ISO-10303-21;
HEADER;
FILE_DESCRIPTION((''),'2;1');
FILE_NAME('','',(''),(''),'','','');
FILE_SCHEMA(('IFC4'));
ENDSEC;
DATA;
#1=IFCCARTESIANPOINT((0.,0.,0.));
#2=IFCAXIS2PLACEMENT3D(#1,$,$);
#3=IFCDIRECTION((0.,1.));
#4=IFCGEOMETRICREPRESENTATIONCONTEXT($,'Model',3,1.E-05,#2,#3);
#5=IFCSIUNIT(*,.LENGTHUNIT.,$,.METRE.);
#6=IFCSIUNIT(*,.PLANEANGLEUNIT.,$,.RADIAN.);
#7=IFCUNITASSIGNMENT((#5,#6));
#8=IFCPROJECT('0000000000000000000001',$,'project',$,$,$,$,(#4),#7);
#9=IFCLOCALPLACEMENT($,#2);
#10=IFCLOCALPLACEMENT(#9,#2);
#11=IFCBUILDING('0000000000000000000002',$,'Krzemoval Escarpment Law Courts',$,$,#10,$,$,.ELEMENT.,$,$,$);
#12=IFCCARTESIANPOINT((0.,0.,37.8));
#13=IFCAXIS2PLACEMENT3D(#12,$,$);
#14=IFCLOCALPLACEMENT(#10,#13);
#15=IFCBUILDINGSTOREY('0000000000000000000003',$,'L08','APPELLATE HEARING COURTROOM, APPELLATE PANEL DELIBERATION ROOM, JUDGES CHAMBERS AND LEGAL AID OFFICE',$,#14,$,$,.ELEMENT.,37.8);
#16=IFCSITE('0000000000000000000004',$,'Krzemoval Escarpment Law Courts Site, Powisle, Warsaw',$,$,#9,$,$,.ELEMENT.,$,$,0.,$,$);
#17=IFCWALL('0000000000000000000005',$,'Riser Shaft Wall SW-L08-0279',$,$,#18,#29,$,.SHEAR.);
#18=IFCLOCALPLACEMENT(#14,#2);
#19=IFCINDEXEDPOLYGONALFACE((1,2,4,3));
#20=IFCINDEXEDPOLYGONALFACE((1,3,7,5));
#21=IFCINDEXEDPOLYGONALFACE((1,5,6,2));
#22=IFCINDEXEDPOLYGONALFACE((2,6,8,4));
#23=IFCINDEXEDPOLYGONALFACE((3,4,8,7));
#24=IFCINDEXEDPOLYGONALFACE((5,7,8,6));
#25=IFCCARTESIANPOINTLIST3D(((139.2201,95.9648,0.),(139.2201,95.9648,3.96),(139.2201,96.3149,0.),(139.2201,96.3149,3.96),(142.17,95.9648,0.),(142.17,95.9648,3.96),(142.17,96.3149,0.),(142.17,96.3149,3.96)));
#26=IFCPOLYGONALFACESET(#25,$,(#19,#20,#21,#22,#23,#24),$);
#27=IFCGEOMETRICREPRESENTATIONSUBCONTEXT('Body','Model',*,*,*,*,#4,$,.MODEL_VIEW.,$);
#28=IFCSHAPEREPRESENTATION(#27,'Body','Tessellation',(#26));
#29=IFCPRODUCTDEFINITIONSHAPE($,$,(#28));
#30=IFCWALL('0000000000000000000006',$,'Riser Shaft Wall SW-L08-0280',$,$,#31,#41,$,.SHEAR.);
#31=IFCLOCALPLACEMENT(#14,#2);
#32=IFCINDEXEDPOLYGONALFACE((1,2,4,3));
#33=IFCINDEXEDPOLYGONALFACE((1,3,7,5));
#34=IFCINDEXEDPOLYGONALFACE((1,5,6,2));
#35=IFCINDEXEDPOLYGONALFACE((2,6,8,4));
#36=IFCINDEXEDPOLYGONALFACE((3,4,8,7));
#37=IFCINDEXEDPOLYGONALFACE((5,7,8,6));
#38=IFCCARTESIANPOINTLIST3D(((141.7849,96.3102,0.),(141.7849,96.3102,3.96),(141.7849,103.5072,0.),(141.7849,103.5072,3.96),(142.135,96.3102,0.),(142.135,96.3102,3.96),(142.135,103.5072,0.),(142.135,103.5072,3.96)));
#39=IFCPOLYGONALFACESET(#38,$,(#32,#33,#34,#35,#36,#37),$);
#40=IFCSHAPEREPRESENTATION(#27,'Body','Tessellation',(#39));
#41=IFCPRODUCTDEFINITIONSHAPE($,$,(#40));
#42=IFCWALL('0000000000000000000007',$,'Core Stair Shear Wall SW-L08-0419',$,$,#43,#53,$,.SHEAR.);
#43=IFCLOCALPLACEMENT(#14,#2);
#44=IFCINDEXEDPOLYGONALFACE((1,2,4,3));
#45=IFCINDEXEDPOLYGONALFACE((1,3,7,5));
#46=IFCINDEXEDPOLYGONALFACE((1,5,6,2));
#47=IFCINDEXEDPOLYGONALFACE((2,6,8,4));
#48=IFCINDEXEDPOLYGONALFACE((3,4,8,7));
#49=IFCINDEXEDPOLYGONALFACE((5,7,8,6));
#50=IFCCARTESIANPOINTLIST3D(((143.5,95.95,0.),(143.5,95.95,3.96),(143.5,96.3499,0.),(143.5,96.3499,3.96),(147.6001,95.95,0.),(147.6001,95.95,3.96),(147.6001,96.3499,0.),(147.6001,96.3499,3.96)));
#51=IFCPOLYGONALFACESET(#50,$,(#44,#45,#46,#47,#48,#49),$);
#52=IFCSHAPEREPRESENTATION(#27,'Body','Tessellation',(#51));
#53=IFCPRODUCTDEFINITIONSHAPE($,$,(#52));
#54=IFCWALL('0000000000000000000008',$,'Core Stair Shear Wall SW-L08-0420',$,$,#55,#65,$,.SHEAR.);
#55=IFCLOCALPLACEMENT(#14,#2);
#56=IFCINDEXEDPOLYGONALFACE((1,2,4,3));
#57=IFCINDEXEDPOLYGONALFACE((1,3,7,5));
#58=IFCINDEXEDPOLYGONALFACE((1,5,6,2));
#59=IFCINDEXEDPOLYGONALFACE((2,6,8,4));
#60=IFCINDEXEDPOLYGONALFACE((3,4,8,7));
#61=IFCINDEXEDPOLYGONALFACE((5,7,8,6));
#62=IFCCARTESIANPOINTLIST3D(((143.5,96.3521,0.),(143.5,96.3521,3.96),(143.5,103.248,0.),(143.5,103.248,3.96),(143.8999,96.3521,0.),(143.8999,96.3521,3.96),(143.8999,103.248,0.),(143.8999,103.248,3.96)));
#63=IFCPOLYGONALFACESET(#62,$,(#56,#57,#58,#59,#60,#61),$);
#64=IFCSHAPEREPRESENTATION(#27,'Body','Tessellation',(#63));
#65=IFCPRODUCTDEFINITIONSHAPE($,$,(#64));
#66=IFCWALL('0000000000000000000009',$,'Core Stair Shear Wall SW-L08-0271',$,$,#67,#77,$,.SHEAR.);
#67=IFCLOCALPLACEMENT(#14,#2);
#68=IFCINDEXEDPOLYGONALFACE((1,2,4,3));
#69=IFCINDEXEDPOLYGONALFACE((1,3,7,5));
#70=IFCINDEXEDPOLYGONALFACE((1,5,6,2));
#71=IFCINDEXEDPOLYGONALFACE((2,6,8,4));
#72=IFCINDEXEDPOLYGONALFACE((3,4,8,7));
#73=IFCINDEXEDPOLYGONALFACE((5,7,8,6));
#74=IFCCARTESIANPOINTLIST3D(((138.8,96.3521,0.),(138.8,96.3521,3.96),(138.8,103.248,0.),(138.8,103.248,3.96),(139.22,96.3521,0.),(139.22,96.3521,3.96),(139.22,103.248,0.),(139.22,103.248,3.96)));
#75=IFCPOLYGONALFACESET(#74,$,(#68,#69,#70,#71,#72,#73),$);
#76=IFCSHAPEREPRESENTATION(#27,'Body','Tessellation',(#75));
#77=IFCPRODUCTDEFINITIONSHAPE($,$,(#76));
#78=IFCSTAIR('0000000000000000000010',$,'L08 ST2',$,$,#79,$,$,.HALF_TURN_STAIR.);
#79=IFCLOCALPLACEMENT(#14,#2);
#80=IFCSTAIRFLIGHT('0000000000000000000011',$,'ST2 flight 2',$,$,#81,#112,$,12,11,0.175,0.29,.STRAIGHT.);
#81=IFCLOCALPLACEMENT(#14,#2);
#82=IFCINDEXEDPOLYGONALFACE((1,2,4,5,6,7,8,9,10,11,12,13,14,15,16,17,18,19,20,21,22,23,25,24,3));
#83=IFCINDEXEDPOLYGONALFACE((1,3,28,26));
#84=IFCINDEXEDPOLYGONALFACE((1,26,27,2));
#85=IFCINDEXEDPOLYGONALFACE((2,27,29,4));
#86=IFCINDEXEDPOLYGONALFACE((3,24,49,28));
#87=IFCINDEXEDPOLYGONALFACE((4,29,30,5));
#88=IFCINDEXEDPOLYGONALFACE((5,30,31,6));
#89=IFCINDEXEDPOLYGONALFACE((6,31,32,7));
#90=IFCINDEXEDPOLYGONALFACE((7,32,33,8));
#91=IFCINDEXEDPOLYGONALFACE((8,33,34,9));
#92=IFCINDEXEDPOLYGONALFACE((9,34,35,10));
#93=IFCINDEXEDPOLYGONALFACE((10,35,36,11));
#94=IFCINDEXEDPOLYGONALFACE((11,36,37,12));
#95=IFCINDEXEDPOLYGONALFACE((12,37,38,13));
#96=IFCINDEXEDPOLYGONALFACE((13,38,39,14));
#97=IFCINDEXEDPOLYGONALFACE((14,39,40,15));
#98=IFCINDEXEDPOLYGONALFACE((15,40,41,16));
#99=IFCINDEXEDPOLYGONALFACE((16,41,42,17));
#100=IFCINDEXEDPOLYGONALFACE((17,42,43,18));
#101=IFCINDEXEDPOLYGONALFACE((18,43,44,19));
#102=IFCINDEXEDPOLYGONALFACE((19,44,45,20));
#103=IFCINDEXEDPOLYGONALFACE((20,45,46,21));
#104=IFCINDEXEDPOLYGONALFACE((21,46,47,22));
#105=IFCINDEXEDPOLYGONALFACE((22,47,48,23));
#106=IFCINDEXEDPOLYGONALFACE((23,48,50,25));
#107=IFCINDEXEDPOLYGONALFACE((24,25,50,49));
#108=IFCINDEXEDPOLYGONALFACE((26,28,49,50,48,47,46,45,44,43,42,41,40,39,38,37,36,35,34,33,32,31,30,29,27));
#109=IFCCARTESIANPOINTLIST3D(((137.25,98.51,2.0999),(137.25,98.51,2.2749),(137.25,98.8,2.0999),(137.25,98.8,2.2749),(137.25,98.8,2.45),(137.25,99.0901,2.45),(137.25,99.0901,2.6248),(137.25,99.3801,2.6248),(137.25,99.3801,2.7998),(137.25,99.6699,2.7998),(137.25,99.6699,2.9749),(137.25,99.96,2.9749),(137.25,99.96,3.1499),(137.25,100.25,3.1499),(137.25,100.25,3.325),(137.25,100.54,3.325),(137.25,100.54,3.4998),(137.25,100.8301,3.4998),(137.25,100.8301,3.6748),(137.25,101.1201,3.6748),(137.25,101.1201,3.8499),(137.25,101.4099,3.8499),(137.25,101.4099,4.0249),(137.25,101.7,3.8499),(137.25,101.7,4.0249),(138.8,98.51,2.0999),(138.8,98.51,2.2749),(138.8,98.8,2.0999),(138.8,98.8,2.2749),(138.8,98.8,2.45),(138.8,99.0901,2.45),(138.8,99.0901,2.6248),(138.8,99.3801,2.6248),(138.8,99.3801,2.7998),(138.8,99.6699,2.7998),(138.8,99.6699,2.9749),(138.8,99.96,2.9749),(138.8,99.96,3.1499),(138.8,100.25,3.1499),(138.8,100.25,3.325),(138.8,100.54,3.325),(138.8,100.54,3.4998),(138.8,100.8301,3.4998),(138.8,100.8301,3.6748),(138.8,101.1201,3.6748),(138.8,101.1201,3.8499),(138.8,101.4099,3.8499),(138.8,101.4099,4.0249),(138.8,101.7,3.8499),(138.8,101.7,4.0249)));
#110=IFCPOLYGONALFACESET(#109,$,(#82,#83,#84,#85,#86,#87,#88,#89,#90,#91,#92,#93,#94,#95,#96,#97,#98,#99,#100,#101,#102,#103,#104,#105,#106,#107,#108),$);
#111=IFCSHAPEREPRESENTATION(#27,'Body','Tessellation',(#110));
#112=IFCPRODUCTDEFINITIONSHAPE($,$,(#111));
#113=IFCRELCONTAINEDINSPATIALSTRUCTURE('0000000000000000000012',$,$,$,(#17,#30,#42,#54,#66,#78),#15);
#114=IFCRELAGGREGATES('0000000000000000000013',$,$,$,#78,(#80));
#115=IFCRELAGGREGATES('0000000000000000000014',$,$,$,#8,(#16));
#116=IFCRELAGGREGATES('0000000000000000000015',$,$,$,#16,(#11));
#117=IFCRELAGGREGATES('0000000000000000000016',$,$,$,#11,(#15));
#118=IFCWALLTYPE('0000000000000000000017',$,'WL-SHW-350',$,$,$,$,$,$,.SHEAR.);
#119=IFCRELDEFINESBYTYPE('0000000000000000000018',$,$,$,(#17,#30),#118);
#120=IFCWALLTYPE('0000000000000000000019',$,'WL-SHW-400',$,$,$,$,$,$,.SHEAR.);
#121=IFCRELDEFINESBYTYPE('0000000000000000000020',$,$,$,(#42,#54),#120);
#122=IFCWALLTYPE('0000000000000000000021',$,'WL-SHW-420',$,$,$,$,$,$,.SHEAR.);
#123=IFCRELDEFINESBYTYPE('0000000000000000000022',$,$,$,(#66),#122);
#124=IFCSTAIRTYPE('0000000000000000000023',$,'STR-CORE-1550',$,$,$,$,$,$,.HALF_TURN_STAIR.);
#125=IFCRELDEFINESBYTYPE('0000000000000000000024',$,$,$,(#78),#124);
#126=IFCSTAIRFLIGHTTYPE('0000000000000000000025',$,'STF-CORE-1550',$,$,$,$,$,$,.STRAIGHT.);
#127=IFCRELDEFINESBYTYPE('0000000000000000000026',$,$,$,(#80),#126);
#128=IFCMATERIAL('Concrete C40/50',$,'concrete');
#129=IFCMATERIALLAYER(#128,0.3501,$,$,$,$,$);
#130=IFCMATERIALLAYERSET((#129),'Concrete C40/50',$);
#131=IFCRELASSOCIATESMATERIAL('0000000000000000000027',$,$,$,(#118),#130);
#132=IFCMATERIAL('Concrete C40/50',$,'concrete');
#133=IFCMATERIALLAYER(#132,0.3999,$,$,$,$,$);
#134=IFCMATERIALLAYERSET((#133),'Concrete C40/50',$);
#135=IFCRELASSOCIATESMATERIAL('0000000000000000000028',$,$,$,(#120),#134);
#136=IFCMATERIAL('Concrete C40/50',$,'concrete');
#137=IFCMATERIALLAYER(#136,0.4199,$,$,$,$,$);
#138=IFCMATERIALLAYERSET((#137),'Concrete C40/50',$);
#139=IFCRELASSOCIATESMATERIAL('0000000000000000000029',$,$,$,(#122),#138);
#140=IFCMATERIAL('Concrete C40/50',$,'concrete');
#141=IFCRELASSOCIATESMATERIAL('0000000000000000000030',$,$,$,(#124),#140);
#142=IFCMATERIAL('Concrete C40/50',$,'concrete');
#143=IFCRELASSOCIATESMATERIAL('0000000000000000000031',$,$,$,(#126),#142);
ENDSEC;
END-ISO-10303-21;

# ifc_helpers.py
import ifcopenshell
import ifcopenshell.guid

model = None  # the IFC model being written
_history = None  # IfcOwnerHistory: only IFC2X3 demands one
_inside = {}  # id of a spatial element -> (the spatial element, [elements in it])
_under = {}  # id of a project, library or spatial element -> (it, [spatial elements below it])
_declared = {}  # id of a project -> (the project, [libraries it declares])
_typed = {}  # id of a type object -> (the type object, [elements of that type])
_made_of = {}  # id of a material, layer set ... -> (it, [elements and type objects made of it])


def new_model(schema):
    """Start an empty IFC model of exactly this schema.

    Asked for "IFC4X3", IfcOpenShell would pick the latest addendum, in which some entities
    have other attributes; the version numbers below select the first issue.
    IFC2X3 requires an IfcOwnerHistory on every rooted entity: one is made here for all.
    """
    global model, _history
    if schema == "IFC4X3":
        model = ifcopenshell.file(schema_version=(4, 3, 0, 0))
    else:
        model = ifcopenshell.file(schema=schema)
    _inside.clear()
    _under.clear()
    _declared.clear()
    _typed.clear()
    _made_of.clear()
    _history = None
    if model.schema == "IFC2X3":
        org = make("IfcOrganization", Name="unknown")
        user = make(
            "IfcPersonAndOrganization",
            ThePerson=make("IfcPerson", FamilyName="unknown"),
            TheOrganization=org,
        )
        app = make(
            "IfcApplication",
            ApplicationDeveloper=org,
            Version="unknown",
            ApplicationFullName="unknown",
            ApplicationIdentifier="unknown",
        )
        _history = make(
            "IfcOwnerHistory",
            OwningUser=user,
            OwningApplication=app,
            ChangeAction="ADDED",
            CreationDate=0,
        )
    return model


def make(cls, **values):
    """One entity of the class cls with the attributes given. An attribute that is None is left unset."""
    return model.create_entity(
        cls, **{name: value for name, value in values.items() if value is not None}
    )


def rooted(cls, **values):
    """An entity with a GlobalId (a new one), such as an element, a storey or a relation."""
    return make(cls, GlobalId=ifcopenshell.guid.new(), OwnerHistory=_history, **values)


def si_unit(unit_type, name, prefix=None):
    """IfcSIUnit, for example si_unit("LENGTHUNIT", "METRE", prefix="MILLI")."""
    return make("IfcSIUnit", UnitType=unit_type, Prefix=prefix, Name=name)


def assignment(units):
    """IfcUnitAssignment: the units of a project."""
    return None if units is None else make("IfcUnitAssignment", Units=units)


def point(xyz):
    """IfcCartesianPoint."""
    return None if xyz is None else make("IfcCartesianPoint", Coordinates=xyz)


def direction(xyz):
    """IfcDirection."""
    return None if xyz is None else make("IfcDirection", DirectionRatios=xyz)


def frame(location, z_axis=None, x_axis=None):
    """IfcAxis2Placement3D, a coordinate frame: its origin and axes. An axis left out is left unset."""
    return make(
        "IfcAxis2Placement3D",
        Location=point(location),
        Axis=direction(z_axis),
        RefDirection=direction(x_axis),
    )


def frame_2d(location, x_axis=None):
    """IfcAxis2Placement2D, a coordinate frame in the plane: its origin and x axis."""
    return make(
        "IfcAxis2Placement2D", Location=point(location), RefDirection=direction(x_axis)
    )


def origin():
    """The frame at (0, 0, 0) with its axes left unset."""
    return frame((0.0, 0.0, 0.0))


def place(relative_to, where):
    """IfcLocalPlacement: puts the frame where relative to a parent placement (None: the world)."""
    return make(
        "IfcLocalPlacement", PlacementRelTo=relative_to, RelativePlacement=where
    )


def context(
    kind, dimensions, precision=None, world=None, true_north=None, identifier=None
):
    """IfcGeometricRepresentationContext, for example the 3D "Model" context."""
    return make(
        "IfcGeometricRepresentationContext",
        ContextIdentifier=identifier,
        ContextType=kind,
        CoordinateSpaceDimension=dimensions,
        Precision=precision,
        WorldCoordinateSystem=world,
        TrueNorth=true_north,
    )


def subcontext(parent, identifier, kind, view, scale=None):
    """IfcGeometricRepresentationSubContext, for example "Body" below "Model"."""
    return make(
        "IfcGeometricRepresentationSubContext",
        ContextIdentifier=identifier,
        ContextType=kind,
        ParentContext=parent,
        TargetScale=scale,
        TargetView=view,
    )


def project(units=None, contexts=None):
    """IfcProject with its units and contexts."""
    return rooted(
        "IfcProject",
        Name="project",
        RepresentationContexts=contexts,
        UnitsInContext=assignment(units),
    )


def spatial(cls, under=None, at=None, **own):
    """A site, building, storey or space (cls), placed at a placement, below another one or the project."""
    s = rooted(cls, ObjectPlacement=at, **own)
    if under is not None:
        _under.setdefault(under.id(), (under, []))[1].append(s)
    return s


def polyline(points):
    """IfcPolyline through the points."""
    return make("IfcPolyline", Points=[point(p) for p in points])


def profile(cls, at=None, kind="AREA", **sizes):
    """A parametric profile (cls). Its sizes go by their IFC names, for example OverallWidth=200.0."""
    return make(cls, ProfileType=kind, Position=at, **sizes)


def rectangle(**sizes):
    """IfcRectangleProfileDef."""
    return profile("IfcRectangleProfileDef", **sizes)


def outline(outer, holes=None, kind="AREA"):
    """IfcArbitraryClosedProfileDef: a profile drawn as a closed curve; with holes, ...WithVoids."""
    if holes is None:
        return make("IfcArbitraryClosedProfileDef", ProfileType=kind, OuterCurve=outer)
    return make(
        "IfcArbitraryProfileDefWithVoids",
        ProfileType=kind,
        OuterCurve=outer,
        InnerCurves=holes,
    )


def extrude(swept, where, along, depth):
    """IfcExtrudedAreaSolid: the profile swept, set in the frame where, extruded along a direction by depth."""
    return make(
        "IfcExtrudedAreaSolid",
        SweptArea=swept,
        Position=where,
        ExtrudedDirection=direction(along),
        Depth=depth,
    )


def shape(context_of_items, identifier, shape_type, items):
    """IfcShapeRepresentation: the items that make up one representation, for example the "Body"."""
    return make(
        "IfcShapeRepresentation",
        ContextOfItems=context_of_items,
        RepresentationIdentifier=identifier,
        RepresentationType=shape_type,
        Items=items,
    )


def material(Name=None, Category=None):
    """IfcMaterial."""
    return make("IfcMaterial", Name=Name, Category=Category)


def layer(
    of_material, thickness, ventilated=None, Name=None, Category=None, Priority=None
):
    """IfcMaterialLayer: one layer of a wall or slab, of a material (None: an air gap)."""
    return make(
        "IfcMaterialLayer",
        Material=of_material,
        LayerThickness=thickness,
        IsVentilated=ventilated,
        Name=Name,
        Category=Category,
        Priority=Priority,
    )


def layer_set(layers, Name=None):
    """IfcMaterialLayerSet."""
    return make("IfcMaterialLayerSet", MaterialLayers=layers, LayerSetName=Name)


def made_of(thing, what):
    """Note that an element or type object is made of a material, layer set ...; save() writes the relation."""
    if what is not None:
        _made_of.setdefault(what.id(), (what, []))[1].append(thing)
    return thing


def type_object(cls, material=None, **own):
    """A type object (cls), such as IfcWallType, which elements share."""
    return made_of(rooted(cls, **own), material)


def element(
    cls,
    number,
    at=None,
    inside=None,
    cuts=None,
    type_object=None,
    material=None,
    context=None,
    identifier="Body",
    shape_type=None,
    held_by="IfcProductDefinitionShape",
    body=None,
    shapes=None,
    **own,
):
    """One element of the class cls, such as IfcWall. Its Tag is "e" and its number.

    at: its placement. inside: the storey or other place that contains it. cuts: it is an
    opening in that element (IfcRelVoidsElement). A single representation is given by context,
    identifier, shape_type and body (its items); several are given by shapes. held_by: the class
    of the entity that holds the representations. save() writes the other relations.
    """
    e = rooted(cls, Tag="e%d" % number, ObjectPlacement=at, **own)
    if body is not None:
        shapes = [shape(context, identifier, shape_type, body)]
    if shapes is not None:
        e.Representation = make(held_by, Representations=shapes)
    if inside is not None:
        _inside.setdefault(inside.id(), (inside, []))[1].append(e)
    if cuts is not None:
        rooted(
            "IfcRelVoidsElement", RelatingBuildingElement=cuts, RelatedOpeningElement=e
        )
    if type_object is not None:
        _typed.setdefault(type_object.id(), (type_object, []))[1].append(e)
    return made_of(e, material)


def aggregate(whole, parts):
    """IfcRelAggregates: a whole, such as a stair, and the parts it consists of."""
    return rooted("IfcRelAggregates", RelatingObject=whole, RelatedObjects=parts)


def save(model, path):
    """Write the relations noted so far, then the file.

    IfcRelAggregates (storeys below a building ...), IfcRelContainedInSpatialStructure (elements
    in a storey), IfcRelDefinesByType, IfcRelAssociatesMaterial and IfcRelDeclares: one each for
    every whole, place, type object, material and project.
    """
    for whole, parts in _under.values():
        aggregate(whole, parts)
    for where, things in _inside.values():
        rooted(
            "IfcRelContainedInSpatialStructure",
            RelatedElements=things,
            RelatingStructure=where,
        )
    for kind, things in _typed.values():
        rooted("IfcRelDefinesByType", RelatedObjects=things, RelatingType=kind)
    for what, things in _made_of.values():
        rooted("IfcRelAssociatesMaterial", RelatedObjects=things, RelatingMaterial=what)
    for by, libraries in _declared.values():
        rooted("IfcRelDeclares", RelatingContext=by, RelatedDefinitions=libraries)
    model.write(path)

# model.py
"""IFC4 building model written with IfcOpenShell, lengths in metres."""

from ifc_helpers import new_model, si_unit, direction, frame, frame_2d, origin, place, context, subcontext, project, spatial, polyline, rectangle, outline, extrude, material, layer, layer_set, type_object, element, aggregate, save


model = new_model("IFC4")

# Units and contexts
model_context = context("Model", 3, precision=1e-05, world=origin(), true_north=direction((0.0, 1.0)))
body_context = subcontext(model_context, "Body", "Model", "MODEL_VIEW")
ifc_project = project(units=[si_unit("LENGTHUNIT", "METRE"), si_unit("PLANEANGLEUNIT", "RADIAN")], contexts=[model_context])

# Site, building, storey
site_placement = place(None, origin())
site = spatial("IfcSite", under=ifc_project, at=site_placement, Name="Krzemoval Escarpment Law Courts Site, Powisle, Warsaw", CompositionType="ELEMENT", RefElevation=0.0)
building_placement = place(site_placement, origin())
building = spatial("IfcBuilding", under=site, at=building_placement, Name="Krzemoval Escarpment Law Courts", CompositionType="ELEMENT")
storey_placement = place(building_placement, frame((0.0, 0.0, 37.8)))
storey = spatial("IfcBuildingStorey", under=building, at=storey_placement, Name="L08", Description="APPELLATE HEARING COURTROOM, APPELLATE PANEL DELIBERATION ROOM, JUDGES CHAMBERS AND LEGAL AID OFFICE", CompositionType="ELEMENT", Elevation=37.8)

# Walls
ifc_material_1 = material(Name="Concrete C40/50", Category="concrete")
ifc_layer_1 = layer(ifc_material_1, 0.3501)
ifc_layer_set_1 = layer_set([ifc_layer_1], Name="Concrete C40/50")
wall_type_1 = type_object("IfcWallType", Name="WL-SHW-350", PredefinedType="SHEAR", material=ifc_layer_set_1)
wall_1_placement = place(storey_placement, frame((139.22, 96.1399, 0.0), z_axis=(0.0, 0.0, 1.0), x_axis=(1.0, 0.0, 0.0)))
element("IfcWall", 1, at=wall_1_placement, inside=storey, type_object=wall_type_1, Name="Riser Shaft Wall SW-L08-0279", PredefinedType="SHEAR", context=body_context, shape_type="SweptSolid", body=[
    extrude(rectangle(XDim=2.95, YDim=0.3501, at=frame_2d((1.4751, 0.0))), origin(), (0.0, 0.0, 1.0), 3.96),
])
wall_2_placement = place(storey_placement, frame((141.96, 96.3101, 0.0), z_axis=(0.0, 0.0, 1.0), x_axis=(0.0, 1.0, 0.0)))
element("IfcWall", 2, at=wall_2_placement, inside=storey, type_object=wall_type_1, Name="Riser Shaft Wall SW-L08-0280", PredefinedType="SHEAR", context=body_context, shape_type="SweptSolid", body=[
    extrude(rectangle(XDim=7.197, YDim=0.3501, at=frame_2d((3.5986, 0.0))), origin(), (0.0, 0.0, 1.0), 3.96),
])
ifc_material_2 = material(Name="Concrete C40/50", Category="concrete")
ifc_layer_2 = layer(ifc_material_2, 0.3999)
ifc_layer_set_2 = layer_set([ifc_layer_2], Name="Concrete C40/50")
wall_type_2 = type_object("IfcWallType", Name="WL-SHW-400", PredefinedType="SHEAR", material=ifc_layer_set_2)
wall_3_placement = place(storey_placement, frame((143.5, 96.1499, 0.0), z_axis=(0.0, 0.0, 1.0), x_axis=(1.0, 0.0, 0.0)))
element("IfcWall", 3, at=wall_3_placement, inside=storey, type_object=wall_type_2, Name="Core Stair Shear Wall SW-L08-0419", PredefinedType="SHEAR", context=body_context, shape_type="SweptSolid", body=[
    extrude(rectangle(XDim=4.1001, YDim=0.3999, at=frame_2d((2.05, 0.0))), origin(), (0.0, 0.0, 1.0), 3.96),
])
wall_4_placement = place(storey_placement, frame((143.7, 96.3521, 0.0), z_axis=(0.0, 0.0, 1.0), x_axis=(0.0, 1.0, 0.0)))
element("IfcWall", 4, at=wall_4_placement, inside=storey, type_object=wall_type_2, Name="Core Stair Shear Wall SW-L08-0420", PredefinedType="SHEAR", context=body_context, shape_type="SweptSolid", body=[
    extrude(rectangle(XDim=6.896, YDim=0.3999, at=frame_2d((3.448, 0.0))), origin(), (0.0, 0.0, 1.0), 3.96),
])
ifc_material_3 = material(Name="Concrete C40/50", Category="concrete")
ifc_layer_3 = layer(ifc_material_3, 0.4199)
ifc_layer_set_3 = layer_set([ifc_layer_3], Name="Concrete C40/50")
wall_type_3 = type_object("IfcWallType", Name="WL-SHW-420", PredefinedType="SHEAR", material=ifc_layer_set_3)
wall_5_placement = place(storey_placement, frame((139.01, 96.3521, 0.0), z_axis=(0.0, 0.0, 1.0), x_axis=(0.0, 1.0, 0.0)))
element("IfcWall", 5, at=wall_5_placement, inside=storey, type_object=wall_type_3, Name="Core Stair Shear Wall SW-L08-0271", PredefinedType="SHEAR", context=body_context, shape_type="SweptSolid", body=[
    extrude(rectangle(XDim=6.896, YDim=0.4199, at=frame_2d((3.448, 0.0))), origin(), (0.0, 0.0, 1.0), 3.96),
])

# Stair, stair flight
ifc_material_4 = material(Name="Concrete C40/50", Category="concrete")
stair_type = type_object("IfcStairType", Name="STR-CORE-1550", PredefinedType="HALF_TURN_STAIR", material=ifc_material_4)
stair_placement = place(storey_placement, origin())
stair = element("IfcStair", 6, at=stair_placement, inside=storey, type_object=stair_type, Name="L08 ST2", PredefinedType="HALF_TURN_STAIR")
ifc_material_5 = material(Name="Concrete C40/50", Category="concrete")
stair_flight_type = type_object("IfcStairFlightType", Name="STF-CORE-1550", PredefinedType="STRAIGHT", material=ifc_material_5)
stair_flight_placement = place(storey_placement, frame((138.0249, 98.51, 2.0999), z_axis=(0.0, 0.0, 1.0), x_axis=(0.0, 1.0, 0.0)))
stair_flight = element("IfcStairFlight", 7, at=stair_flight_placement, type_object=stair_flight_type, Name="ST2 flight 2", NumberOfRisers=12, NumberOfTreads=11, PredefinedType="STRAIGHT", RiserHeight=0.175, TreadLength=0.29, context=body_context, shape_type="SweptSolid", body=[
    extrude(outline(polyline([(0.0, 0.0), (0.0, 0.175), (0.29, 0.175), (0.29, 0.3501), (0.5801, 0.3501), (0.5801, 0.5249), (0.8701, 0.5249), (0.8701, 0.7), (1.1599, 0.7), (1.1599, 0.875), (1.45, 0.875), (1.45, 1.05), (1.74, 1.05), (1.74, 1.2251), (2.03, 1.2251), (2.03, 1.3999), (2.3201, 1.3999), (2.3201, 1.575), (2.6101, 1.575), (2.6101, 1.75), (2.8999, 1.75), (2.8999, 1.925), (3.1899, 1.925), (3.1899, 2.1001), (3.1899, 1.75), (0.29, 0.0), (0.0, 0.0)])), frame((0.0, 0.7749, 0.0), z_axis=(0.0, -1.0, 0.0), x_axis=(1.0, 0.0, 0.0)), (0.0, 0.0, 1.0), 1.55),
])
aggregate(stair, [stair_flight])

save(model, "model.ifc")
